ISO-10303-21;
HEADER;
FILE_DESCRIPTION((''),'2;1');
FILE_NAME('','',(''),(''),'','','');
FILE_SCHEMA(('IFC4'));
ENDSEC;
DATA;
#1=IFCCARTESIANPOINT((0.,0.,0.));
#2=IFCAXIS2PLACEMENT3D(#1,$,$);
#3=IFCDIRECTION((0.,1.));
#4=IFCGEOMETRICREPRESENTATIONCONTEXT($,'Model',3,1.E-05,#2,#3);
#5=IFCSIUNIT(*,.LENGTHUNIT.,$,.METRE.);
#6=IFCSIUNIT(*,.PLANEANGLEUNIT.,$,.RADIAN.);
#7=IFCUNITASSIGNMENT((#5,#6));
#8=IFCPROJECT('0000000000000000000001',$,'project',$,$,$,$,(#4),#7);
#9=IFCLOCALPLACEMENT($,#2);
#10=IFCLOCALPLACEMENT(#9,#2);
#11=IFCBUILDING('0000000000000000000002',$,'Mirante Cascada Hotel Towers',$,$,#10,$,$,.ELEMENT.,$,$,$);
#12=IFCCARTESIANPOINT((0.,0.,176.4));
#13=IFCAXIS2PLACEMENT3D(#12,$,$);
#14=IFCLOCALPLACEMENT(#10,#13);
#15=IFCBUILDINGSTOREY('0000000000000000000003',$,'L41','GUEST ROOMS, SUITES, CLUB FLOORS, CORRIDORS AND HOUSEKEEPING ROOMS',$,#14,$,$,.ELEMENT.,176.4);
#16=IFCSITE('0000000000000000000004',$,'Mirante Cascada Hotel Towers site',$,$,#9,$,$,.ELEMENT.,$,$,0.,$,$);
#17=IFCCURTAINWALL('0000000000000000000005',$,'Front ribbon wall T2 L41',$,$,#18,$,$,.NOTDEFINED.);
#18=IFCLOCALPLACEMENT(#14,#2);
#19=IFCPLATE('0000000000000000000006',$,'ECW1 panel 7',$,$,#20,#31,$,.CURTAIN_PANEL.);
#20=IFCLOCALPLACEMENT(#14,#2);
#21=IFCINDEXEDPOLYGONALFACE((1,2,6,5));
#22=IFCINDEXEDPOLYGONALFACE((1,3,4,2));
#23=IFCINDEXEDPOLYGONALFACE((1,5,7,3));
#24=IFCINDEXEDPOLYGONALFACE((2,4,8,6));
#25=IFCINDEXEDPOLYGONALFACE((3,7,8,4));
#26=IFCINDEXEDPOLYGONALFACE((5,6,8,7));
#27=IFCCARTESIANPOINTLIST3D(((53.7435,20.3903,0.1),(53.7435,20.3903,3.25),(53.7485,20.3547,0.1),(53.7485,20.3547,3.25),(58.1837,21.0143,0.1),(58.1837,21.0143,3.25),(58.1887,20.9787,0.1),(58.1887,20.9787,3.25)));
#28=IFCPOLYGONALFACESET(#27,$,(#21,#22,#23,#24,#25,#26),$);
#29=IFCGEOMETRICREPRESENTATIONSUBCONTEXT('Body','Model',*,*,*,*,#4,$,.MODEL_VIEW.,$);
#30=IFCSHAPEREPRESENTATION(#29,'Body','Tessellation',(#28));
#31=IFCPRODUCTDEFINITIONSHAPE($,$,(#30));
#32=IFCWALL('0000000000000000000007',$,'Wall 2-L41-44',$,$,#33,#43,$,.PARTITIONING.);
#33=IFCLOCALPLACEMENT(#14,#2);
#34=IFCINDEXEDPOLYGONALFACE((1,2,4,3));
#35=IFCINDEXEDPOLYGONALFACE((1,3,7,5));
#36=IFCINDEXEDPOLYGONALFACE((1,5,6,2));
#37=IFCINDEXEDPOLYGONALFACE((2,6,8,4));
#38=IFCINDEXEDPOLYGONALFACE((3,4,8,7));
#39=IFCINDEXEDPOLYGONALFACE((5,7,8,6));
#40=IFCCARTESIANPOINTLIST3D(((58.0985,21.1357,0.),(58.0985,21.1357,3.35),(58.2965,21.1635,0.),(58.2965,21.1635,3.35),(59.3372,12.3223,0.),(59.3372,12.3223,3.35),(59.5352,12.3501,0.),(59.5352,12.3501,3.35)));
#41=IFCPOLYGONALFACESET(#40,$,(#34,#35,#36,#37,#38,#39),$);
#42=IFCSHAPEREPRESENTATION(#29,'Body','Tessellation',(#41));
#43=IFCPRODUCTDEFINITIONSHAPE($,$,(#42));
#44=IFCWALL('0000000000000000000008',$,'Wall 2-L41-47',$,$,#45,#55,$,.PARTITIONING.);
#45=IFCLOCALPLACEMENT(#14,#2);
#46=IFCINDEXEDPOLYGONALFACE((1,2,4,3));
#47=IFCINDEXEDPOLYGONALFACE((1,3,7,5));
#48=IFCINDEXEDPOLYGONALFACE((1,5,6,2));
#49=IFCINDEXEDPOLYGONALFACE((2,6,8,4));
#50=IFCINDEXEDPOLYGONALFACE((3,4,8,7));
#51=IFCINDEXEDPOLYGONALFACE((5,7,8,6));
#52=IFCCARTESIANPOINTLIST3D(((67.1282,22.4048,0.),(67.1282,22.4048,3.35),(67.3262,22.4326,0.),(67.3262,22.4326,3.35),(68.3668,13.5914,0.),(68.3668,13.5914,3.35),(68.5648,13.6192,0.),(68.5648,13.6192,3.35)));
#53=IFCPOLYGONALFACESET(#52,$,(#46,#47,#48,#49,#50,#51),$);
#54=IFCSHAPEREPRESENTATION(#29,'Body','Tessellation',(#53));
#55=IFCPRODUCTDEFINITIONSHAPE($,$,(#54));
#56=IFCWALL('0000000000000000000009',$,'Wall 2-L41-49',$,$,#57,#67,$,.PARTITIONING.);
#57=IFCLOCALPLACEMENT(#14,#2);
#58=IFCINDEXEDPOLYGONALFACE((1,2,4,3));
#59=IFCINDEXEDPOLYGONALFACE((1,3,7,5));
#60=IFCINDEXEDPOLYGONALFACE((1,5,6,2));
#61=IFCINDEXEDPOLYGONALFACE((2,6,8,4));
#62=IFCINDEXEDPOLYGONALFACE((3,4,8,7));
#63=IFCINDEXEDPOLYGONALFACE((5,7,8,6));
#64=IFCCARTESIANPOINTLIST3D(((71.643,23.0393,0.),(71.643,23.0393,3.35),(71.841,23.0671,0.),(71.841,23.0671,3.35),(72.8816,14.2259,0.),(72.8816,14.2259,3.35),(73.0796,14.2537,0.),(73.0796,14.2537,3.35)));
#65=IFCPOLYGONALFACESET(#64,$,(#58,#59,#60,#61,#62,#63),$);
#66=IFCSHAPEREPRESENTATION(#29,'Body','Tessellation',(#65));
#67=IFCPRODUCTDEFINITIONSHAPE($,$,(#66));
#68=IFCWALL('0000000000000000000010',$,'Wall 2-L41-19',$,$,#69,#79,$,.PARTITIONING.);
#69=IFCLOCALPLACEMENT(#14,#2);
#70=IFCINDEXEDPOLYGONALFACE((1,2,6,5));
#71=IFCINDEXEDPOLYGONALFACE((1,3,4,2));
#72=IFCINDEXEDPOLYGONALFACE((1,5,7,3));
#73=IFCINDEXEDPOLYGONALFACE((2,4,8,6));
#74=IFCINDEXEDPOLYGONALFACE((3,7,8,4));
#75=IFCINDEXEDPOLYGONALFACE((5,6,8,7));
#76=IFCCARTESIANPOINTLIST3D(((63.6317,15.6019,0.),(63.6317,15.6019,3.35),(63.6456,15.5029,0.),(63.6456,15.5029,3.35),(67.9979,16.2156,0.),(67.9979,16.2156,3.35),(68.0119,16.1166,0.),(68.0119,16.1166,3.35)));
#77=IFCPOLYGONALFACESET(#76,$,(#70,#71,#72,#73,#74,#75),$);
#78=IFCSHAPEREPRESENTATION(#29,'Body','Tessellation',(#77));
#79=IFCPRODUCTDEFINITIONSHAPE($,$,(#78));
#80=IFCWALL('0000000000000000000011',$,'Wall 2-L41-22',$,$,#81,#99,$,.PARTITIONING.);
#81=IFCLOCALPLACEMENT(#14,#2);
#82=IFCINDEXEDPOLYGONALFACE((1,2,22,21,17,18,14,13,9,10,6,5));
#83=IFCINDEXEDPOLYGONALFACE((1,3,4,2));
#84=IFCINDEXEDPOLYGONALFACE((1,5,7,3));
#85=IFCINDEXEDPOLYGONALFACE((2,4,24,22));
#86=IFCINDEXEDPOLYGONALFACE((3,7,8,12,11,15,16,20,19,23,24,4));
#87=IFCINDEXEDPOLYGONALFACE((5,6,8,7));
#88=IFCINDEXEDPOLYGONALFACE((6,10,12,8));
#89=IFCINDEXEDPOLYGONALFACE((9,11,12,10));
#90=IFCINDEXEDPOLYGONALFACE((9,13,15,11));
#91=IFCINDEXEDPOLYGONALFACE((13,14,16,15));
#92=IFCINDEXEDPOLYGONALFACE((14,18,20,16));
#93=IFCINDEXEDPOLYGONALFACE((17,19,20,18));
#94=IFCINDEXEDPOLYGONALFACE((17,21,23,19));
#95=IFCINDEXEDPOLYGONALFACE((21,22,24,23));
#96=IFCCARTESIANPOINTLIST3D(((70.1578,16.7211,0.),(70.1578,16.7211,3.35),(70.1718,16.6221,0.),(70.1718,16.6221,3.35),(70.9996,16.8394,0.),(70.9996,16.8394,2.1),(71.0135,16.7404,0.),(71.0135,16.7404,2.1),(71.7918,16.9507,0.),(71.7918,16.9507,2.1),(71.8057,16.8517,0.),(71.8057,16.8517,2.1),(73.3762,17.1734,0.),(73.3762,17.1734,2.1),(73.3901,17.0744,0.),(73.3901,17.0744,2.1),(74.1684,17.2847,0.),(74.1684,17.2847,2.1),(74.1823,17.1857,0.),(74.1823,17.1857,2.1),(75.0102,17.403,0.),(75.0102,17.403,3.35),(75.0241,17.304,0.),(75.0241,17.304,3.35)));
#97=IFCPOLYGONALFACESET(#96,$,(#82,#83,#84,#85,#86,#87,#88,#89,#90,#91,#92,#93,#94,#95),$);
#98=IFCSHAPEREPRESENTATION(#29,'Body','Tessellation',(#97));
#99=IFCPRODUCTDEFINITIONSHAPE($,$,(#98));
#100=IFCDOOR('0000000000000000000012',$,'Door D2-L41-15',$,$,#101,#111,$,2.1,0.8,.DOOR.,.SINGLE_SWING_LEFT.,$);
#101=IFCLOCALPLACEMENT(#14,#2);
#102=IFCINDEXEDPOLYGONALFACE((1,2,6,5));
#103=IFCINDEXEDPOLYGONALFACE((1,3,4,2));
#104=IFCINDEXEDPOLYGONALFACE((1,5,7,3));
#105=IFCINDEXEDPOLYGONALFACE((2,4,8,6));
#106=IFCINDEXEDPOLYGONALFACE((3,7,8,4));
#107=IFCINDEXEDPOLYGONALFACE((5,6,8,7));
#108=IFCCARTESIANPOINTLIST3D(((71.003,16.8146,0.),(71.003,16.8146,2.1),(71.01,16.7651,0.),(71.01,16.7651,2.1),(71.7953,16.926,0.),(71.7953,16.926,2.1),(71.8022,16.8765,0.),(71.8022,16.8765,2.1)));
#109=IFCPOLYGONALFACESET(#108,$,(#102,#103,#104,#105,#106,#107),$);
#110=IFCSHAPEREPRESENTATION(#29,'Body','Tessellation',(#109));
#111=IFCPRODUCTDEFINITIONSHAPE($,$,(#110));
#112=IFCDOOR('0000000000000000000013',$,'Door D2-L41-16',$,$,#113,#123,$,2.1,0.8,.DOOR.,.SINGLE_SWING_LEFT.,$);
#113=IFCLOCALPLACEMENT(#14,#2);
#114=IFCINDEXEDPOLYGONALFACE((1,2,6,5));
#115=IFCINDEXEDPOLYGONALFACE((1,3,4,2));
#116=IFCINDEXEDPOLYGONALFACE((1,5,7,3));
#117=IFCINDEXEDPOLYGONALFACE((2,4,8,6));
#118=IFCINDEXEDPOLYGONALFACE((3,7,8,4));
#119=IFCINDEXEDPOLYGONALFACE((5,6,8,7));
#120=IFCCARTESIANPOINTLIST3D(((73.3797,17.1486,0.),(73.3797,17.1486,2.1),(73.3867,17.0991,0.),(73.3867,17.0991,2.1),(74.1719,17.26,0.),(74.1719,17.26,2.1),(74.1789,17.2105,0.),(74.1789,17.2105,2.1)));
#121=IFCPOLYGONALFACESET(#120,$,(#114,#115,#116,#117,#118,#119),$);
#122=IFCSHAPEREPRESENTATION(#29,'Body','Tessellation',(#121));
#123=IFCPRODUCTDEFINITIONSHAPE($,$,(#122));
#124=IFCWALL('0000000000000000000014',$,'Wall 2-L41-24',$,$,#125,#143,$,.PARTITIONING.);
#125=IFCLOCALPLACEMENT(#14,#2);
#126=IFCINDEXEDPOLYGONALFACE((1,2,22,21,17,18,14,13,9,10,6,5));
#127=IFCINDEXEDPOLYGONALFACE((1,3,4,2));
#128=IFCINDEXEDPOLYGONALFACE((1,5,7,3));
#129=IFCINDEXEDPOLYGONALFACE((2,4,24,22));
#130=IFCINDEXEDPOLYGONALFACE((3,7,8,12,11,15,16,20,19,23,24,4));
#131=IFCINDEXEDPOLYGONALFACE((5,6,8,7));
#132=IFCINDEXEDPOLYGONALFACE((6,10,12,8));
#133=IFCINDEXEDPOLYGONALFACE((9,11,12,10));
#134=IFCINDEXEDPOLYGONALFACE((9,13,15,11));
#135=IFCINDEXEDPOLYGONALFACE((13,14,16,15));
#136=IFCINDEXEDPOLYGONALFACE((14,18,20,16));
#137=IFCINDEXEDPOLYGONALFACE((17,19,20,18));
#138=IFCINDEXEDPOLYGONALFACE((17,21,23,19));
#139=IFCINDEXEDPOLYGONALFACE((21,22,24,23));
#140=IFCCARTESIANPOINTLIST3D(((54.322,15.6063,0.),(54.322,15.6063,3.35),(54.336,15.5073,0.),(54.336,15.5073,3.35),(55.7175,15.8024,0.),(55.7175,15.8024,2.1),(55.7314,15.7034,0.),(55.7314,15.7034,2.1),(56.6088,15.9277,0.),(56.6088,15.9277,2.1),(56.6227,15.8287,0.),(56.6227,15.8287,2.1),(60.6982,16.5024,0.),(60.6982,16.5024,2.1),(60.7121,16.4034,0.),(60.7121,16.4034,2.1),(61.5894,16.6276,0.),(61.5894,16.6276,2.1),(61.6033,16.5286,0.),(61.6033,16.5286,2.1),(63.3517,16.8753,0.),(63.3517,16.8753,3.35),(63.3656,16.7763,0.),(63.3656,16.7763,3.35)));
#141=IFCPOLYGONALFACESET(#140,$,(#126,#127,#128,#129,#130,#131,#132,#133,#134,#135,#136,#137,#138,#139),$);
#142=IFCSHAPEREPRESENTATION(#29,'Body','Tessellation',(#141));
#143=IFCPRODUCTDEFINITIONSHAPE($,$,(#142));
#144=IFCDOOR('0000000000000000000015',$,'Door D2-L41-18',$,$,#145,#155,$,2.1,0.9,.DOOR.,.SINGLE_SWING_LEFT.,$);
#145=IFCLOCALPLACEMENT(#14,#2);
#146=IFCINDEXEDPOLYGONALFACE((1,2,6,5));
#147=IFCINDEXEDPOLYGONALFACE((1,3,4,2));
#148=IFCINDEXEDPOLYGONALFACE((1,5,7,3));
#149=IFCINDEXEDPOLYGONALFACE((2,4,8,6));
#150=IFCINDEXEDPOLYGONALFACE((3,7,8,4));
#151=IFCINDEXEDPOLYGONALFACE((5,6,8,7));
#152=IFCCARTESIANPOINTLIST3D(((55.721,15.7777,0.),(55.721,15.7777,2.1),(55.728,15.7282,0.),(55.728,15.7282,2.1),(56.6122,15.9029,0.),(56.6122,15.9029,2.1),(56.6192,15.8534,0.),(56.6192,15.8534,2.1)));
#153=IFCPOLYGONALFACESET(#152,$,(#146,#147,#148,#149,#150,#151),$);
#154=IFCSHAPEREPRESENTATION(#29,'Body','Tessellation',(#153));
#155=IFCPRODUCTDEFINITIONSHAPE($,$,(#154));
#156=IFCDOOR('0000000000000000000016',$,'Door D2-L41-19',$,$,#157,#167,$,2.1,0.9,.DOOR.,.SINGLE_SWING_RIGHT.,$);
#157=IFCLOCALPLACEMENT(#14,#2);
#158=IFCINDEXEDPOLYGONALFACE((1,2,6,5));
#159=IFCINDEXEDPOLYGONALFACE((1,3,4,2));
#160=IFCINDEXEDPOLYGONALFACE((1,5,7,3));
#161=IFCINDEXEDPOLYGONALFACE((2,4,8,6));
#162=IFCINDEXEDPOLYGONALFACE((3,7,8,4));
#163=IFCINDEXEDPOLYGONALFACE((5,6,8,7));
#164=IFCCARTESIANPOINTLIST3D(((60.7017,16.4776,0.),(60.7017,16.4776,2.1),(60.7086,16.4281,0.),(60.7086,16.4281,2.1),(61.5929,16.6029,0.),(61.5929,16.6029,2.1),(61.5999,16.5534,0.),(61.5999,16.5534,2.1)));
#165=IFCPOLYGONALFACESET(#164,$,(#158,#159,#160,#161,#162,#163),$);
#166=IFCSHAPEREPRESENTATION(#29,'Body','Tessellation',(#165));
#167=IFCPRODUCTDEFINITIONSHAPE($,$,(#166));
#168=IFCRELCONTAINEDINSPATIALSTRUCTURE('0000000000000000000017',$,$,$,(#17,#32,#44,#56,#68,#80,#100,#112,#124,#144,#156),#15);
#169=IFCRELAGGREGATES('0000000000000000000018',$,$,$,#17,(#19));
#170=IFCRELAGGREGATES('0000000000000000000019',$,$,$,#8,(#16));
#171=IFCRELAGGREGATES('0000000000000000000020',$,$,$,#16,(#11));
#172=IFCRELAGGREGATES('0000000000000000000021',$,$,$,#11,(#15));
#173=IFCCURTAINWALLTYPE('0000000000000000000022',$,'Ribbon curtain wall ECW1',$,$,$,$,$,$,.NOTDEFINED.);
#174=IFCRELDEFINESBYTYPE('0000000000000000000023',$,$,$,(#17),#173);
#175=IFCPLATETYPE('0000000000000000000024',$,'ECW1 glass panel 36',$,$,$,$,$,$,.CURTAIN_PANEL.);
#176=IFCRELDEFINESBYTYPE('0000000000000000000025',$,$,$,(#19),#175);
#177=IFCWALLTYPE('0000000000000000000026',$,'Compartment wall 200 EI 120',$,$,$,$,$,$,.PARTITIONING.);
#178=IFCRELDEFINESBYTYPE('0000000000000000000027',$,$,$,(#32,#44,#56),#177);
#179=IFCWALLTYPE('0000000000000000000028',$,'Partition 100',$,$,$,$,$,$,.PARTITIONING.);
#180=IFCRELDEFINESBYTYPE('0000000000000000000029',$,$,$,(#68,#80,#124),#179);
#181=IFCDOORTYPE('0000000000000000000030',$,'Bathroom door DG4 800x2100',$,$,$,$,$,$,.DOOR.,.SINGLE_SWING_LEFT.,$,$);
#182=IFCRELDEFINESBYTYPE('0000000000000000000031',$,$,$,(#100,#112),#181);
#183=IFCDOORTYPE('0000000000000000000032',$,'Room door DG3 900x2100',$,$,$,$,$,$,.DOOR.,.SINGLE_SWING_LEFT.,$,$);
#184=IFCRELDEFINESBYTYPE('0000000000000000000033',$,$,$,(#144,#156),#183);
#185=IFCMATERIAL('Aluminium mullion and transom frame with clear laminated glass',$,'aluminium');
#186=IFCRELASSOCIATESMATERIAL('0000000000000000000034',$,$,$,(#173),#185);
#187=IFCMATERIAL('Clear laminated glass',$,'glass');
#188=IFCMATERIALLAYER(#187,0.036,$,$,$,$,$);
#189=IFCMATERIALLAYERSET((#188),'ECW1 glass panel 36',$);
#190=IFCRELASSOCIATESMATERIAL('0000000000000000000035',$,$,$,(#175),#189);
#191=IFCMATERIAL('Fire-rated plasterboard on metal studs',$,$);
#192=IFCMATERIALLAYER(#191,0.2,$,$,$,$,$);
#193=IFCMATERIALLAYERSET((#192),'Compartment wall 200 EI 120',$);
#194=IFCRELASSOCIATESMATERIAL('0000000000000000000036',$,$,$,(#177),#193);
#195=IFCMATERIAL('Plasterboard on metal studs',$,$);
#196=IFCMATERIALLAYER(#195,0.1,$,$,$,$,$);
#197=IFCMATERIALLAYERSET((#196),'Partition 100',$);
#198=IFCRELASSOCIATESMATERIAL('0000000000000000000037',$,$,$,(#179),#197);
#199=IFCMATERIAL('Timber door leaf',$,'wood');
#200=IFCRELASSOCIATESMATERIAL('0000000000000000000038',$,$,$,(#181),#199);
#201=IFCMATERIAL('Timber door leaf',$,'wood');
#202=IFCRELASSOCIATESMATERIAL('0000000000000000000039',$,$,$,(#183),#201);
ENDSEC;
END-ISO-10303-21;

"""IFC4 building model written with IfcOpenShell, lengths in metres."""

from ifc_helpers import new_model, si_unit, direction, frame, frame_2d, origin, origin_2d, place, context, subcontext, project, spatial, rectangle, extrude, material, layer, layer_set, type_object, element, fill, aggregate, save


model = new_model("IFC4")

# Units and contexts
model_context = context("Model", 3, precision=1e-05, world=origin(), true_north=direction((0.0, 1.0)))
body_context = subcontext(model_context, "Body", "Model", "MODEL_VIEW")
ifc_project = project(units=[si_unit("LENGTHUNIT", "METRE"), si_unit("PLANEANGLEUNIT", "RADIAN")], contexts=[model_context])

# Site, building, storey
site_placement = place(None, origin())
site = spatial("IfcSite", under=ifc_project, at=site_placement, Name="Mirante Cascada Hotel Towers site", CompositionType="ELEMENT", RefElevation=0.0)
building_placement = place(site_placement, origin())
building = spatial("IfcBuilding", under=site, at=building_placement, Name="Mirante Cascada Hotel Towers", CompositionType="ELEMENT")
storey_placement = place(building_placement, frame((0.0, 0.0, 176.4)))
storey = spatial("IfcBuildingStorey", under=building, at=storey_placement, Name="L41", Description="GUEST ROOMS, SUITES, CLUB FLOORS, CORRIDORS AND HOUSEKEEPING ROOMS", CompositionType="ELEMENT", Elevation=176.4)

# Curtain wall, plate
ifc_material_1 = material(Name="Aluminium mullion and transom frame with clear laminated glass", Category="aluminium")
curtain_wall_type = type_object("IfcCurtainWallType", Name="Ribbon curtain wall ECW1", PredefinedType="NOTDEFINED", material=ifc_material_1)
curtain_wall_placement = place(storey_placement, origin())
curtain_wall = element("IfcCurtainWall", 1, at=curtain_wall_placement, inside=storey, type_object=curtain_wall_type, Name="Front ribbon wall T2 L41", PredefinedType="NOTDEFINED")
ifc_material_2 = material(Name="Clear laminated glass", Category="glass")
ifc_layer_1 = layer(ifc_material_2, 0.036)
ifc_layer_set_1 = layer_set([ifc_layer_1], Name="ECW1 glass panel 36")
plate_type = type_object("IfcPlateType", Name="ECW1 glass panel 36", PredefinedType="CURTAIN_PANEL", material=ifc_layer_set_1)
plate_1_placement = place(storey_placement, frame((55.9661, 20.6845, 0.1), z_axis=(0.0, 0.0, 1.0), x_axis=(-0.990268, -0.139173, 0.0)))
plate_1 = element("IfcPlate", 2, at=plate_1_placement, type_object=plate_type, Name="ECW1 panel 7", PredefinedType="CURTAIN_PANEL", context=body_context, shape_type="SweptSolid", body=[
    extrude(rectangle(XDim=4.4838, YDim=0.036, at=origin_2d()), origin(), (0.0, 0.0, 1.0), 3.15),
])
aggregate(curtain_wall, [plate_1])

# Walls
ifc_material_3 = material(Name="Fire-rated plasterboard on metal studs")
ifc_layer_2 = layer(ifc_material_3, 0.2)
ifc_layer_set_2 = layer_set([ifc_layer_2], Name="Compartment wall 200 EI 120")
wall_type_1 = type_object("IfcWallType", Name="Compartment wall 200 EI 120", PredefinedType="PARTITIONING", material=ifc_layer_set_2)
for number, where, z_axis, x_axis, name in (
    (3, (59.4362, 12.3362, 0.0), (0.0, 0.0, 1.0), (-0.139179, 0.990267, 0.0), "Wall 2-L41-44"),
    (4, (67.2272, 22.4187, 0.0), (0.0, 0.0, 1.0), (0.139168, -0.990269, 0.0), "Wall 2-L41-47"),
    (5, (71.742, 23.0532, 0.0), (0.0, 0.0, 1.0), (0.139168, -0.990269, 0.0), "Wall 2-L41-49"),
):
    element("IfcWall", number, at=place(storey_placement, frame(where, z_axis=z_axis, x_axis=x_axis)), inside=storey, type_object=wall_type_1, Name=name, PredefinedType="PARTITIONING", context=body_context, shape_type="SweptSolid", body=[
        extrude(rectangle(XDim=8.9, YDim=0.2, at=frame_2d((4.45, 0.0))), origin(), (0.0, 0.0, 1.0), 3.35),
    ])
ifc_material_4 = material(Name="Plasterboard on metal studs")
ifc_layer_3 = layer(ifc_material_4, 0.1)
ifc_layer_set_3 = layer_set([ifc_layer_3], Name="Partition 100")
wall_type_2 = type_object("IfcWallType", Name="Partition 100", PredefinedType="PARTITIONING", material=ifc_layer_set_3)
wall_1_placement = place(storey_placement, frame((68.0049, 16.1661, 0.0), z_axis=(0.0, 0.0, 1.0), x_axis=(-0.990266, -0.139186, 0.0)))
element("IfcWall", 6, at=wall_1_placement, inside=storey, type_object=wall_type_2, Name="Wall 2-L41-19", PredefinedType="PARTITIONING", context=body_context, shape_type="SweptSolid", body=[
    extrude(rectangle(XDim=4.4092, YDim=0.1, at=frame_2d((2.2046, 0.0))), origin(), (0.0, 0.0, 1.0), 3.35),
])

# Walls, openings, doors
wall_2_placement = place(storey_placement, frame((70.1648, 16.6716, 0.0), z_axis=(0.0, 0.0, 1.0), x_axis=(0.990269, 0.139164, 0.0)))
wall_2 = element("IfcWall", 7, at=wall_2_placement, inside=storey, type_object=wall_type_2, Name="Wall 2-L41-22", PredefinedType="PARTITIONING", context=body_context, shape_type="SweptSolid", body=[
    extrude(rectangle(XDim=4.9, YDim=0.1, at=frame_2d((2.45, 0.0))), origin(), (0.0, 0.0, 1.0), 3.35),
])
opening_1_placement = place(wall_2_placement, frame((0.85, 0.0, 0.0)))
opening_1 = element("IfcOpeningElement", 8, at=opening_1_placement, cuts=wall_2, PredefinedType="OPENING", context=body_context, shape_type="SweptSolid", body=[
    extrude(rectangle(XDim=0.8, YDim=2.1, at=frame_2d((0.4, 1.05))), frame((0.0, 0.05, 0.0), z_axis=(0.0, -1.0, 0.0), x_axis=(1.0, 0.0, 0.0)), (0.0, 0.0, 1.0), 0.1),
])
opening_2_placement = place(wall_2_placement, frame((3.25, 0.0, 0.0)))
opening_2 = element("IfcOpeningElement", 9, at=opening_2_placement, cuts=wall_2, PredefinedType="OPENING", context=body_context, shape_type="SweptSolid", body=[
    extrude(rectangle(XDim=0.8, YDim=2.1, at=frame_2d((0.4, 1.05))), frame((0.0, 0.05, 0.0), z_axis=(0.0, -1.0, 0.0), x_axis=(1.0, 0.0, 0.0)), (0.0, 0.0, 1.0), 0.1),
])
ifc_material_5 = material(Name="Timber door leaf", Category="wood")
door_type_1 = type_object("IfcDoorType", Name="Bathroom door DG4 800x2100", OperationType="SINGLE_SWING_LEFT", PredefinedType="DOOR", material=ifc_material_5)
door_1_placement = place(opening_1_placement, origin())
door_1 = element("IfcDoor", 10, at=door_1_placement, inside=storey, type_object=door_type_1, Name="Door D2-L41-15", OperationType="SINGLE_SWING_LEFT", OverallHeight=2.1, OverallWidth=0.8, PredefinedType="DOOR", context=body_context, shape_type="SweptSolid", body=[
    extrude(rectangle(XDim=0.8, YDim=2.1, at=frame_2d((0.4, 1.05))), frame((0.0, 0.025, 0.0), z_axis=(0.0, -1.0, 0.0), x_axis=(1.0, 0.0, 0.0)), (0.0, 0.0, 1.0), 0.05),
])
fill(opening_1, door_1)
door_2_placement = place(opening_2_placement, origin())
door_2 = element("IfcDoor", 11, at=door_2_placement, inside=storey, type_object=door_type_1, Name="Door D2-L41-16", OperationType="SINGLE_SWING_LEFT", OverallHeight=2.1, OverallWidth=0.8, PredefinedType="DOOR", context=body_context, shape_type="SweptSolid", body=[
    extrude(rectangle(XDim=0.8, YDim=2.1, at=frame_2d((0.4, 1.05))), frame((0.0, 0.025, 0.0), z_axis=(0.0, -1.0, 0.0), x_axis=(1.0, 0.0, 0.0)), (0.0, 0.0, 1.0), 0.05),
])
fill(opening_2, door_2)
wall_3_placement = place(storey_placement, frame((54.329, 15.5568, 0.0), z_axis=(0.0, 0.0, 1.0), x_axis=(0.990269, 0.139169, 0.0)))
wall_3 = element("IfcWall", 12, at=wall_3_placement, inside=storey, type_object=wall_type_2, Name="Wall 2-L41-24", PredefinedType="PARTITIONING", context=body_context, shape_type="SweptSolid", body=[
    extrude(rectangle(XDim=9.1184, YDim=0.1, at=frame_2d((4.5592, 0.0))), origin(), (0.0, 0.0, 1.0), 3.35),
])
opening_3_placement = place(wall_3_placement, frame((1.4092, 0.0, 0.0)))
opening_3 = element("IfcOpeningElement", 13, at=opening_3_placement, cuts=wall_3, PredefinedType="OPENING", context=body_context, shape_type="SweptSolid", body=[
    extrude(rectangle(XDim=0.9, YDim=2.1, at=frame_2d((0.45, 1.05))), frame((0.0, 0.05, 0.0), z_axis=(0.0, -1.0, 0.0), x_axis=(1.0, 0.0, 0.0)), (0.0, 0.0, 1.0), 0.1),
])
opening_4_placement = place(wall_3_placement, frame((6.4388, 0.0, 0.0)))
opening_4 = element("IfcOpeningElement", 14, at=opening_4_placement, cuts=wall_3, PredefinedType="OPENING", context=body_context, shape_type="SweptSolid", body=[
    extrude(rectangle(XDim=0.9, YDim=2.1, at=frame_2d((0.45, 1.05))), frame((0.0, 0.05, 0.0), z_axis=(0.0, -1.0, 0.0), x_axis=(1.0, 0.0, 0.0)), (0.0, 0.0, 1.0), 0.1),
])
ifc_material_6 = material(Name="Timber door leaf", Category="wood")
door_type_2 = type_object("IfcDoorType", Name="Room door DG3 900x2100", OperationType="SINGLE_SWING_LEFT", PredefinedType="DOOR", material=ifc_material_6)
door_3_placement = place(opening_3_placement, origin())
door_3 = element("IfcDoor", 15, at=door_3_placement, inside=storey, type_object=door_type_2, Name="Door D2-L41-18", OperationType="SINGLE_SWING_LEFT", OverallHeight=2.1, OverallWidth=0.9, PredefinedType="DOOR", context=body_context, shape_type="SweptSolid", body=[
    extrude(rectangle(XDim=0.9, YDim=2.1, at=frame_2d((0.45, 1.05))), frame((0.0, 0.025, 0.0), z_axis=(0.0, -1.0, 0.0), x_axis=(1.0, 0.0, 0.0)), (0.0, 0.0, 1.0), 0.05),
])
fill(opening_3, door_3)
door_4_placement = place(opening_4_placement, frame((0.9, 0.0, 0.0), z_axis=(0.0, 0.0, 1.0), x_axis=(-1.0, 0.0, 0.0)))
door_4 = element("IfcDoor", 16, at=door_4_placement, inside=storey, type_object=door_type_2, Name="Door D2-L41-19", OperationType="SINGLE_SWING_RIGHT", OverallHeight=2.1, OverallWidth=0.9, PredefinedType="DOOR", context=body_context, shape_type="SweptSolid", body=[
    extrude(rectangle(XDim=0.9, YDim=2.1, at=frame_2d((0.45, 1.05))), frame((0.0, 0.025, 0.0), z_axis=(0.0, -1.0, 0.0), x_axis=(1.0, 0.0, 0.0)), (0.0, 0.0, 1.0), 0.05),
])
fill(opening_4, door_4)

save(model, "model.ifc")
